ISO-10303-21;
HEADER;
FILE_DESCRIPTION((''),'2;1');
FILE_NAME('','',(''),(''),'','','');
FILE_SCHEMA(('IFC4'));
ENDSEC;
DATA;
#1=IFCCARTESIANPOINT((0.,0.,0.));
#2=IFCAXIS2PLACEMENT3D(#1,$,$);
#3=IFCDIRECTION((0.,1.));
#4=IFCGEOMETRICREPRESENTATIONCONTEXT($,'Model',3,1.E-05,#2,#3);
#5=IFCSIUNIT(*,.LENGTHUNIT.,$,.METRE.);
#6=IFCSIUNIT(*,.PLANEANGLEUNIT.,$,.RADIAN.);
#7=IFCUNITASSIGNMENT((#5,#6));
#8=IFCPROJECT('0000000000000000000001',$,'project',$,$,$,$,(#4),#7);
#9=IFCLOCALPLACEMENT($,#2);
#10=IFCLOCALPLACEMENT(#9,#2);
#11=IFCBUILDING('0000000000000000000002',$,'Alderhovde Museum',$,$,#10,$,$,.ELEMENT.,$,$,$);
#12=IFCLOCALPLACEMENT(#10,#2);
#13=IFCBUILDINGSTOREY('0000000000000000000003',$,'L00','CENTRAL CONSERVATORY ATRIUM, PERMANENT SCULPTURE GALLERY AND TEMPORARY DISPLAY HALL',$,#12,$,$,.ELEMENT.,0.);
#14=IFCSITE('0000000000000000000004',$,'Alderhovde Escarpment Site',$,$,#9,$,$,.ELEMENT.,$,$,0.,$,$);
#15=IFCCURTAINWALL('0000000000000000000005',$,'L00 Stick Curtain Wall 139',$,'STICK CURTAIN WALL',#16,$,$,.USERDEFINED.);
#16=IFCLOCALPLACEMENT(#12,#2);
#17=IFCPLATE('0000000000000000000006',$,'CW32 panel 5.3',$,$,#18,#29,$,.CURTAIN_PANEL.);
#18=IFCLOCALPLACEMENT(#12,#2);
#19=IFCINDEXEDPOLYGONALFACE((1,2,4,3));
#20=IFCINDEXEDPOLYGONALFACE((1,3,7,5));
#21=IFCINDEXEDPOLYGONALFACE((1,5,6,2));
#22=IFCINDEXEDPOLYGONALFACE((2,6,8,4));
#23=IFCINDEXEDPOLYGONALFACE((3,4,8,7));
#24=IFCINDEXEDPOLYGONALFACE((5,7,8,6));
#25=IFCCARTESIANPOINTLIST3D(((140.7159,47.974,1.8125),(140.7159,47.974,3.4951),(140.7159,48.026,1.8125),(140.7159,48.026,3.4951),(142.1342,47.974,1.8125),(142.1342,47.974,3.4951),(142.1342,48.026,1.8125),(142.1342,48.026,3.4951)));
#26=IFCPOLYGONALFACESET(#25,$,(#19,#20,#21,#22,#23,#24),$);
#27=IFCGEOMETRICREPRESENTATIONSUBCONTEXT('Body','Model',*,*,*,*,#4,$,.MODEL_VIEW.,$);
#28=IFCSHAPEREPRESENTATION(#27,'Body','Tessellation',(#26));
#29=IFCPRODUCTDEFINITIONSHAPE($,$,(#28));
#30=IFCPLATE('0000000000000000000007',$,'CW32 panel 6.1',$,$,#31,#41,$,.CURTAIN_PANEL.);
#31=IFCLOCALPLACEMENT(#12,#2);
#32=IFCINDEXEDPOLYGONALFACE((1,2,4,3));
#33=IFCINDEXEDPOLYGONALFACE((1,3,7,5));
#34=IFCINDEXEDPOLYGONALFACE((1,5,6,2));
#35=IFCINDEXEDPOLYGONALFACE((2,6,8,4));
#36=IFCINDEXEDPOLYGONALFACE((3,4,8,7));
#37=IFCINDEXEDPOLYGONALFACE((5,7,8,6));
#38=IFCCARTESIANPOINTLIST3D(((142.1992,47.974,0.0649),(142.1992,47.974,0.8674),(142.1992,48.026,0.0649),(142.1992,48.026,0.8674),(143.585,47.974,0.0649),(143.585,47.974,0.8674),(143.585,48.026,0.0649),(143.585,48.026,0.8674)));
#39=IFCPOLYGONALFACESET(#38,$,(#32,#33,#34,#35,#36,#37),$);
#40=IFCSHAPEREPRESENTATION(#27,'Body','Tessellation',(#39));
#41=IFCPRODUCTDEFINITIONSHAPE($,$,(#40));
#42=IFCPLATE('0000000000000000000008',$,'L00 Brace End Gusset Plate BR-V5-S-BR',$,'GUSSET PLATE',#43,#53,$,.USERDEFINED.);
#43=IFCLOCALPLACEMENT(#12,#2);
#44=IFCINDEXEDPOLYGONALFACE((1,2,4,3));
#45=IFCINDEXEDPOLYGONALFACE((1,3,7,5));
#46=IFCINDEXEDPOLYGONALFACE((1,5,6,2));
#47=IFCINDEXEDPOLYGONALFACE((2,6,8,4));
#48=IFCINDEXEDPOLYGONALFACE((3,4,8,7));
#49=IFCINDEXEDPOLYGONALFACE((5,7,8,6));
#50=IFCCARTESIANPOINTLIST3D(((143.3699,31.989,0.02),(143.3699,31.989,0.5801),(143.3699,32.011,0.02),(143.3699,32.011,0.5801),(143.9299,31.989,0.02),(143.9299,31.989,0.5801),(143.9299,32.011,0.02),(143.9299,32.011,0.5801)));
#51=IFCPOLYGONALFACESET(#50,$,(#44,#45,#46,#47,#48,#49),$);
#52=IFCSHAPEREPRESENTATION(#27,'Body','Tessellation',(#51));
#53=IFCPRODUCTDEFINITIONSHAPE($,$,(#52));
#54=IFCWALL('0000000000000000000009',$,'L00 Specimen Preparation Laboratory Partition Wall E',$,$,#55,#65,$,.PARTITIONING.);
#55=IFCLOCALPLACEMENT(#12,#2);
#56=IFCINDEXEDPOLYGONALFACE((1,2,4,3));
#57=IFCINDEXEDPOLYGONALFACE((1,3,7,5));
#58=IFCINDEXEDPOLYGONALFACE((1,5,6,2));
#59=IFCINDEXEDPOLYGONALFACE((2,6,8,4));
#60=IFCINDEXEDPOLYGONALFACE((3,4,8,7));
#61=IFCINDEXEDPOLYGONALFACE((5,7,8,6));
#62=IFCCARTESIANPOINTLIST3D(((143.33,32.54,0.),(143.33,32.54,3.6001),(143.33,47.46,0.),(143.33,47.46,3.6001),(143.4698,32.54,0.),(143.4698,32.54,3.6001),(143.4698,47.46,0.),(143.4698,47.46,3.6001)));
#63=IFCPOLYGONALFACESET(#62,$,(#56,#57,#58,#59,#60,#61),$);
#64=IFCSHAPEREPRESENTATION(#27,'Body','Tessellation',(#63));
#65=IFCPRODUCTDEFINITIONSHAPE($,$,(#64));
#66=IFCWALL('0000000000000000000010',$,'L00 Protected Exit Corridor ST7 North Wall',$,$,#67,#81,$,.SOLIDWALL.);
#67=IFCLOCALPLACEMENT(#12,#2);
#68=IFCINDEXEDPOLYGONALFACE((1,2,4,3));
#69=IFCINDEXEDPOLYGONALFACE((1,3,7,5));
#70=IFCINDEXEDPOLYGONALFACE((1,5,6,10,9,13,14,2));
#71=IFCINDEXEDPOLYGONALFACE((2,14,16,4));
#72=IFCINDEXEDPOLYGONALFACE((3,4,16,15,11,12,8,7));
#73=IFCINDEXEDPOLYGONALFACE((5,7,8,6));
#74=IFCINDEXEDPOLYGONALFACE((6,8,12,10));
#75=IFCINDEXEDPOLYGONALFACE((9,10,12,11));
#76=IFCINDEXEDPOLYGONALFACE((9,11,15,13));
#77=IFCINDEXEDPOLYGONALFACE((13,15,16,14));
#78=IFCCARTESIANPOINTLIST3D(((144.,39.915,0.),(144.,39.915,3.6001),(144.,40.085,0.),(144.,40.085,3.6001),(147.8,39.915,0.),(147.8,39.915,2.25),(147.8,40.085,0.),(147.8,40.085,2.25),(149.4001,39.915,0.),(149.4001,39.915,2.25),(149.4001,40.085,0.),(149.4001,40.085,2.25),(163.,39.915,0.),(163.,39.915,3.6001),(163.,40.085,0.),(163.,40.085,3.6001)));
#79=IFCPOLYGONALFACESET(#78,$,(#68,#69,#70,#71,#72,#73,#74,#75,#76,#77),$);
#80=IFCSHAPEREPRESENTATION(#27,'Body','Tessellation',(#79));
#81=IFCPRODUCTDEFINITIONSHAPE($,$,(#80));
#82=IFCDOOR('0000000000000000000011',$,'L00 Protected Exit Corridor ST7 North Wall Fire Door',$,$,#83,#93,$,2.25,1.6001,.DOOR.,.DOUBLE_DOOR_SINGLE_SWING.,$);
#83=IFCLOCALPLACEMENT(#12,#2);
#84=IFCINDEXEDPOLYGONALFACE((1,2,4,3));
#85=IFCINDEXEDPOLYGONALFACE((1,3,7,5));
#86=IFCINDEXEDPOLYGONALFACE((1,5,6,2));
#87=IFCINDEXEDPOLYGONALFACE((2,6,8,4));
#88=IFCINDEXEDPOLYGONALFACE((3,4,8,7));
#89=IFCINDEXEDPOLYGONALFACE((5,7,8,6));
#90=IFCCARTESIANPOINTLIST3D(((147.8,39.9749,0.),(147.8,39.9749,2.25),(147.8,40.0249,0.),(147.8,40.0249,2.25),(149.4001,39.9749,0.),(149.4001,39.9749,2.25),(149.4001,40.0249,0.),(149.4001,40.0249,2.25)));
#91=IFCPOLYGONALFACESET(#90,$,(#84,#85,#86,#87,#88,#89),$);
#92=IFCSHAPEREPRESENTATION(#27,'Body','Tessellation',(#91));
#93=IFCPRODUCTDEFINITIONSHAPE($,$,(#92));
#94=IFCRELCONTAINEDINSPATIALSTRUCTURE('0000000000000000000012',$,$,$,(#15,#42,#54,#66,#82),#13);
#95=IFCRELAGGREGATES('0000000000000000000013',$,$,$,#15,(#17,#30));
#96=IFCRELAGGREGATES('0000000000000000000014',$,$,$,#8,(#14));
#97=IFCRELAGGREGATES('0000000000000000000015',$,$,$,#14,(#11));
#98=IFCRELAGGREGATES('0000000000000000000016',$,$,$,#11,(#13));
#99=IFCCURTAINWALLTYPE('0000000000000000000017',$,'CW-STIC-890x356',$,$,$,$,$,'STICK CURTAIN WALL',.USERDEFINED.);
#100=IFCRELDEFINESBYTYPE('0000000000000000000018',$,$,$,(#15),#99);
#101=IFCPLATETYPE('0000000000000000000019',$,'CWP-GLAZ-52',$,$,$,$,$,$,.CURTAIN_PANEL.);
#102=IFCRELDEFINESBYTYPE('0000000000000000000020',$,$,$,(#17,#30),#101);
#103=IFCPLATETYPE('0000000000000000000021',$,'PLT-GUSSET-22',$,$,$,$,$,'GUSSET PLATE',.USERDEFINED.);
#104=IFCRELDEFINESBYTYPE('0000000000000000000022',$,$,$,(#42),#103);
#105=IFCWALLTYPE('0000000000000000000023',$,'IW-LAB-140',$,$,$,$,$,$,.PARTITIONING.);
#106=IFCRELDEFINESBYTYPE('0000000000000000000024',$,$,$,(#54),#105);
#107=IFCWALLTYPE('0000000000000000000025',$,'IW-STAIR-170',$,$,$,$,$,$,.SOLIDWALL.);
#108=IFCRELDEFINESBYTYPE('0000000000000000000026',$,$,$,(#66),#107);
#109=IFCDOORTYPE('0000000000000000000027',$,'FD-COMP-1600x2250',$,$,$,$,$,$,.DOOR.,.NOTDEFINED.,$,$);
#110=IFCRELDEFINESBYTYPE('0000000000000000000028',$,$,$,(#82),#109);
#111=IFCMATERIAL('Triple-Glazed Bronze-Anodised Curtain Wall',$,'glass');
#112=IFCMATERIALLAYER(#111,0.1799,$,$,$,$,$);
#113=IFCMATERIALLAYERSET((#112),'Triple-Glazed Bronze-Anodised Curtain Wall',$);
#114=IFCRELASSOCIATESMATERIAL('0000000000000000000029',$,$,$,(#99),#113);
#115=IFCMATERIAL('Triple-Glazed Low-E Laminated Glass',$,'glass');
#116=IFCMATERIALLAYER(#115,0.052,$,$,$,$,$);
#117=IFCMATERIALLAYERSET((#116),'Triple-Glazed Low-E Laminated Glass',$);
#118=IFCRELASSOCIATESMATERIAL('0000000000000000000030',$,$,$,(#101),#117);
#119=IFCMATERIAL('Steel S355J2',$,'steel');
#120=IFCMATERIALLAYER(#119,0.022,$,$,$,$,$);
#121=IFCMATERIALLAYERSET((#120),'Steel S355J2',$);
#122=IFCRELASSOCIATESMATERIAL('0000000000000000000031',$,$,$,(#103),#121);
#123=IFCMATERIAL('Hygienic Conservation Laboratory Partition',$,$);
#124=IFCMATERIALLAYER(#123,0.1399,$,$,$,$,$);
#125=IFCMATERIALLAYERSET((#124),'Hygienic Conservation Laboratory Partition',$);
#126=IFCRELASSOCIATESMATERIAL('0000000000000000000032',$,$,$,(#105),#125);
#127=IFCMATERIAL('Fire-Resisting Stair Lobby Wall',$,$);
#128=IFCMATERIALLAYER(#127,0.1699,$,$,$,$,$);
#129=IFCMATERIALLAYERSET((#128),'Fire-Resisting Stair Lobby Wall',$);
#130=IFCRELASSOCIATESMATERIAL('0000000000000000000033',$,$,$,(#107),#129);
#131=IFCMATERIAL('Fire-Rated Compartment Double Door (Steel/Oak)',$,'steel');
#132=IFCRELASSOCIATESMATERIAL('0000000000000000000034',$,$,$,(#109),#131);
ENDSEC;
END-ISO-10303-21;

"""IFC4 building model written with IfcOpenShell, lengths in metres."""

from ifc_helpers import new_model, si_unit, direction, frame, frame_2d, origin, origin_2d, place, context, subcontext, project, spatial, rectangle, extrude, material, layer, layer_set, type_object, element, fill, aggregate, save


model = new_model("IFC4")

# Units and contexts
model_context = context("Model", 3, precision=1e-05, world=origin(), true_north=direction((0.0, 1.0)))
body_context = subcontext(model_context, "Body", "Model", "MODEL_VIEW")
ifc_project = project(units=[si_unit("LENGTHUNIT", "METRE"), si_unit("PLANEANGLEUNIT", "RADIAN")], contexts=[model_context])

# Site, building, storey
site_placement = place(None, origin())
site = spatial("IfcSite", under=ifc_project, at=site_placement, Name="Alderhovde Escarpment Site", CompositionType="ELEMENT", RefElevation=0.0)
building_placement = place(site_placement, origin())
building = spatial("IfcBuilding", under=site, at=building_placement, Name="Alderhovde Museum", CompositionType="ELEMENT")
storey_placement = place(building_placement, origin())
storey = spatial("IfcBuildingStorey", under=building, at=storey_placement, Name="L00", Description="CENTRAL CONSERVATORY ATRIUM, PERMANENT SCULPTURE GALLERY AND TEMPORARY DISPLAY HALL", CompositionType="ELEMENT", Elevation=0.0)

# Curtain wall
ifc_material_1 = material(Name="Triple-Glazed Bronze-Anodised Curtain Wall", Category="glass")
ifc_layer_1 = layer(ifc_material_1, 0.1799)
ifc_layer_set_1 = layer_set([ifc_layer_1], Name="Triple-Glazed Bronze-Anodised Curtain Wall")
curtain_wall_type = type_object("IfcCurtainWallType", Name="CW-STIC-890x356", ElementType="STICK CURTAIN WALL", PredefinedType="USERDEFINED", material=ifc_layer_set_1)
curtain_wall_placement = place(storey_placement, origin())
curtain_wall = element("IfcCurtainWall", 1, at=curtain_wall_placement, inside=storey, type_object=curtain_wall_type, Name="L00 Stick Curtain Wall 139", ObjectType="STICK CURTAIN WALL", PredefinedType="USERDEFINED")

# Plates
ifc_material_2 = material(Name="Triple-Glazed Low-E Laminated Glass", Category="glass")
ifc_layer_2 = layer(ifc_material_2, 0.052)
ifc_layer_set_2 = layer_set([ifc_layer_2], Name="Triple-Glazed Low-E Laminated Glass")
plate_type_1 = type_object("IfcPlateType", Name="CWP-GLAZ-52", PredefinedType="CURTAIN_PANEL", material=ifc_layer_set_2)
plate_1_placement = place(storey_placement, frame((141.425, 48.0, 1.8125), z_axis=(0.0, 0.0, 1.0), x_axis=(1.0, 0.0, 0.0)))
plate_1 = element("IfcPlate", 2, at=plate_1_placement, type_object=plate_type_1, Name="CW32 panel 5.3", PredefinedType="CURTAIN_PANEL", context=body_context, shape_type="SweptSolid", body=[
    extrude(rectangle(XDim=1.4182, YDim=0.052, at=origin_2d()), origin(), (0.0, 0.0, 1.0), 1.6826),
])
plate_2_placement = place(storey_placement, frame((142.8921, 48.0, 0.0649), z_axis=(0.0, 0.0, 1.0), x_axis=(1.0, 0.0, 0.0)))
plate_2 = element("IfcPlate", 3, at=plate_2_placement, type_object=plate_type_1, Name="CW32 panel 6.1", PredefinedType="CURTAIN_PANEL", context=body_context, shape_type="SweptSolid", body=[
    extrude(rectangle(XDim=1.3857, YDim=0.052, at=origin_2d()), origin(), (0.0, 0.0, 1.0), 0.8025),
])
aggregate(curtain_wall, [plate_1, plate_2])
ifc_material_3 = material(Name="Steel S355J2", Category="steel")
ifc_layer_3 = layer(ifc_material_3, 0.022)
ifc_layer_set_3 = layer_set([ifc_layer_3], Name="Steel S355J2")
plate_type_2 = type_object("IfcPlateType", Name="PLT-GUSSET-22", ElementType="GUSSET PLATE", PredefinedType="USERDEFINED", material=ifc_layer_set_3)
plate_3_placement = place(storey_placement, frame((143.6499, 32.0, 0.02), z_axis=(0.0, 0.0, 1.0), x_axis=(1.0, 0.0, 0.0)))
element("IfcPlate", 4, at=plate_3_placement, inside=storey, type_object=plate_type_2, Name="L00 Brace End Gusset Plate BR-V5-S-BR", ObjectType="GUSSET PLATE", PredefinedType="USERDEFINED", context=body_context, shape_type="SweptSolid", body=[
    extrude(rectangle(XDim=0.5601, YDim=0.022, at=origin_2d()), origin(), (0.0, 0.0, 1.0), 0.5601),
])

# Wall
ifc_material_4 = material(Name="Hygienic Conservation Laboratory Partition")
ifc_layer_4 = layer(ifc_material_4, 0.1399)
ifc_layer_set_4 = layer_set([ifc_layer_4], Name="Hygienic Conservation Laboratory Partition")
wall_type_1 = type_object("IfcWallType", Name="IW-LAB-140", PredefinedType="PARTITIONING", material=ifc_layer_set_4)
wall_1_placement = place(storey_placement, frame((143.3999, 32.54, 0.0), z_axis=(0.0, 0.0, 1.0), x_axis=(0.0, 1.0, 0.0)))
element("IfcWall", 5, at=wall_1_placement, inside=storey, type_object=wall_type_1, Name="L00 Specimen Preparation Laboratory Partition Wall E", PredefinedType="PARTITIONING", context=body_context, shape_type="SweptSolid", body=[
    extrude(rectangle(XDim=14.9199, YDim=0.1399, at=frame_2d((7.46, 0.0))), origin(), (0.0, 0.0, 1.0), 3.6001),
])

# Wall, opening, door
ifc_material_5 = material(Name="Fire-Resisting Stair Lobby Wall")
ifc_layer_5 = layer(ifc_material_5, 0.1699)
ifc_layer_set_5 = layer_set([ifc_layer_5], Name="Fire-Resisting Stair Lobby Wall")
wall_type_2 = type_object("IfcWallType", Name="IW-STAIR-170", PredefinedType="SOLIDWALL", material=ifc_layer_set_5)
wall_2_placement = place(storey_placement, frame((144.0, 40.0, 0.0), z_axis=(0.0, 0.0, 1.0), x_axis=(1.0, 0.0, 0.0)))
wall_2 = element("IfcWall", 6, at=wall_2_placement, inside=storey, type_object=wall_type_2, Name="L00 Protected Exit Corridor ST7 North Wall", PredefinedType="SOLIDWALL", context=body_context, shape_type="SweptSolid", body=[
    extrude(rectangle(XDim=19.0, YDim=0.1699, at=frame_2d((9.5, 0.0))), origin(), (0.0, 0.0, 1.0), 3.6001),
])
opening_placement = place(wall_2_placement, frame((3.8, 0.0, 0.0)))
opening = element("IfcOpeningElement", 7, at=opening_placement, cuts=wall_2, PredefinedType="OPENING", context=body_context, shape_type="SweptSolid", body=[
    extrude(rectangle(XDim=1.6001, YDim=2.25, at=frame_2d((0.8, 1.125))), frame((0.0, 0.095, 0.0), z_axis=(0.0, -1.0, 0.0), x_axis=(1.0, 0.0, 0.0)), (0.0, 0.0, 1.0), 0.1899),
])
ifc_material_6 = material(Name="Fire-Rated Compartment Double Door (Steel/Oak)", Category="steel")
door_type = type_object("IfcDoorType", Name="FD-COMP-1600x2250", OperationType="NOTDEFINED", PredefinedType="DOOR", material=ifc_material_6)
door_placement = place(opening_placement, origin())
door = element("IfcDoor", 8, at=door_placement, inside=storey, type_object=door_type, Name="L00 Protected Exit Corridor ST7 North Wall Fire Door", OperationType="DOUBLE_DOOR_SINGLE_SWING", OverallHeight=2.25, OverallWidth=1.6001, PredefinedType="DOOR", context=body_context, shape_type="SweptSolid", body=[
    extrude(rectangle(XDim=1.6001, YDim=2.25, at=frame_2d((0.8, 1.125))), frame((0.0, 0.0249, 0.0), z_axis=(0.0, -1.0, 0.0), x_axis=(1.0, 0.0, 0.0)), (0.0, 0.0, 1.0), 0.05),
])
fill(opening, door)

save(model, "model.ifc")
